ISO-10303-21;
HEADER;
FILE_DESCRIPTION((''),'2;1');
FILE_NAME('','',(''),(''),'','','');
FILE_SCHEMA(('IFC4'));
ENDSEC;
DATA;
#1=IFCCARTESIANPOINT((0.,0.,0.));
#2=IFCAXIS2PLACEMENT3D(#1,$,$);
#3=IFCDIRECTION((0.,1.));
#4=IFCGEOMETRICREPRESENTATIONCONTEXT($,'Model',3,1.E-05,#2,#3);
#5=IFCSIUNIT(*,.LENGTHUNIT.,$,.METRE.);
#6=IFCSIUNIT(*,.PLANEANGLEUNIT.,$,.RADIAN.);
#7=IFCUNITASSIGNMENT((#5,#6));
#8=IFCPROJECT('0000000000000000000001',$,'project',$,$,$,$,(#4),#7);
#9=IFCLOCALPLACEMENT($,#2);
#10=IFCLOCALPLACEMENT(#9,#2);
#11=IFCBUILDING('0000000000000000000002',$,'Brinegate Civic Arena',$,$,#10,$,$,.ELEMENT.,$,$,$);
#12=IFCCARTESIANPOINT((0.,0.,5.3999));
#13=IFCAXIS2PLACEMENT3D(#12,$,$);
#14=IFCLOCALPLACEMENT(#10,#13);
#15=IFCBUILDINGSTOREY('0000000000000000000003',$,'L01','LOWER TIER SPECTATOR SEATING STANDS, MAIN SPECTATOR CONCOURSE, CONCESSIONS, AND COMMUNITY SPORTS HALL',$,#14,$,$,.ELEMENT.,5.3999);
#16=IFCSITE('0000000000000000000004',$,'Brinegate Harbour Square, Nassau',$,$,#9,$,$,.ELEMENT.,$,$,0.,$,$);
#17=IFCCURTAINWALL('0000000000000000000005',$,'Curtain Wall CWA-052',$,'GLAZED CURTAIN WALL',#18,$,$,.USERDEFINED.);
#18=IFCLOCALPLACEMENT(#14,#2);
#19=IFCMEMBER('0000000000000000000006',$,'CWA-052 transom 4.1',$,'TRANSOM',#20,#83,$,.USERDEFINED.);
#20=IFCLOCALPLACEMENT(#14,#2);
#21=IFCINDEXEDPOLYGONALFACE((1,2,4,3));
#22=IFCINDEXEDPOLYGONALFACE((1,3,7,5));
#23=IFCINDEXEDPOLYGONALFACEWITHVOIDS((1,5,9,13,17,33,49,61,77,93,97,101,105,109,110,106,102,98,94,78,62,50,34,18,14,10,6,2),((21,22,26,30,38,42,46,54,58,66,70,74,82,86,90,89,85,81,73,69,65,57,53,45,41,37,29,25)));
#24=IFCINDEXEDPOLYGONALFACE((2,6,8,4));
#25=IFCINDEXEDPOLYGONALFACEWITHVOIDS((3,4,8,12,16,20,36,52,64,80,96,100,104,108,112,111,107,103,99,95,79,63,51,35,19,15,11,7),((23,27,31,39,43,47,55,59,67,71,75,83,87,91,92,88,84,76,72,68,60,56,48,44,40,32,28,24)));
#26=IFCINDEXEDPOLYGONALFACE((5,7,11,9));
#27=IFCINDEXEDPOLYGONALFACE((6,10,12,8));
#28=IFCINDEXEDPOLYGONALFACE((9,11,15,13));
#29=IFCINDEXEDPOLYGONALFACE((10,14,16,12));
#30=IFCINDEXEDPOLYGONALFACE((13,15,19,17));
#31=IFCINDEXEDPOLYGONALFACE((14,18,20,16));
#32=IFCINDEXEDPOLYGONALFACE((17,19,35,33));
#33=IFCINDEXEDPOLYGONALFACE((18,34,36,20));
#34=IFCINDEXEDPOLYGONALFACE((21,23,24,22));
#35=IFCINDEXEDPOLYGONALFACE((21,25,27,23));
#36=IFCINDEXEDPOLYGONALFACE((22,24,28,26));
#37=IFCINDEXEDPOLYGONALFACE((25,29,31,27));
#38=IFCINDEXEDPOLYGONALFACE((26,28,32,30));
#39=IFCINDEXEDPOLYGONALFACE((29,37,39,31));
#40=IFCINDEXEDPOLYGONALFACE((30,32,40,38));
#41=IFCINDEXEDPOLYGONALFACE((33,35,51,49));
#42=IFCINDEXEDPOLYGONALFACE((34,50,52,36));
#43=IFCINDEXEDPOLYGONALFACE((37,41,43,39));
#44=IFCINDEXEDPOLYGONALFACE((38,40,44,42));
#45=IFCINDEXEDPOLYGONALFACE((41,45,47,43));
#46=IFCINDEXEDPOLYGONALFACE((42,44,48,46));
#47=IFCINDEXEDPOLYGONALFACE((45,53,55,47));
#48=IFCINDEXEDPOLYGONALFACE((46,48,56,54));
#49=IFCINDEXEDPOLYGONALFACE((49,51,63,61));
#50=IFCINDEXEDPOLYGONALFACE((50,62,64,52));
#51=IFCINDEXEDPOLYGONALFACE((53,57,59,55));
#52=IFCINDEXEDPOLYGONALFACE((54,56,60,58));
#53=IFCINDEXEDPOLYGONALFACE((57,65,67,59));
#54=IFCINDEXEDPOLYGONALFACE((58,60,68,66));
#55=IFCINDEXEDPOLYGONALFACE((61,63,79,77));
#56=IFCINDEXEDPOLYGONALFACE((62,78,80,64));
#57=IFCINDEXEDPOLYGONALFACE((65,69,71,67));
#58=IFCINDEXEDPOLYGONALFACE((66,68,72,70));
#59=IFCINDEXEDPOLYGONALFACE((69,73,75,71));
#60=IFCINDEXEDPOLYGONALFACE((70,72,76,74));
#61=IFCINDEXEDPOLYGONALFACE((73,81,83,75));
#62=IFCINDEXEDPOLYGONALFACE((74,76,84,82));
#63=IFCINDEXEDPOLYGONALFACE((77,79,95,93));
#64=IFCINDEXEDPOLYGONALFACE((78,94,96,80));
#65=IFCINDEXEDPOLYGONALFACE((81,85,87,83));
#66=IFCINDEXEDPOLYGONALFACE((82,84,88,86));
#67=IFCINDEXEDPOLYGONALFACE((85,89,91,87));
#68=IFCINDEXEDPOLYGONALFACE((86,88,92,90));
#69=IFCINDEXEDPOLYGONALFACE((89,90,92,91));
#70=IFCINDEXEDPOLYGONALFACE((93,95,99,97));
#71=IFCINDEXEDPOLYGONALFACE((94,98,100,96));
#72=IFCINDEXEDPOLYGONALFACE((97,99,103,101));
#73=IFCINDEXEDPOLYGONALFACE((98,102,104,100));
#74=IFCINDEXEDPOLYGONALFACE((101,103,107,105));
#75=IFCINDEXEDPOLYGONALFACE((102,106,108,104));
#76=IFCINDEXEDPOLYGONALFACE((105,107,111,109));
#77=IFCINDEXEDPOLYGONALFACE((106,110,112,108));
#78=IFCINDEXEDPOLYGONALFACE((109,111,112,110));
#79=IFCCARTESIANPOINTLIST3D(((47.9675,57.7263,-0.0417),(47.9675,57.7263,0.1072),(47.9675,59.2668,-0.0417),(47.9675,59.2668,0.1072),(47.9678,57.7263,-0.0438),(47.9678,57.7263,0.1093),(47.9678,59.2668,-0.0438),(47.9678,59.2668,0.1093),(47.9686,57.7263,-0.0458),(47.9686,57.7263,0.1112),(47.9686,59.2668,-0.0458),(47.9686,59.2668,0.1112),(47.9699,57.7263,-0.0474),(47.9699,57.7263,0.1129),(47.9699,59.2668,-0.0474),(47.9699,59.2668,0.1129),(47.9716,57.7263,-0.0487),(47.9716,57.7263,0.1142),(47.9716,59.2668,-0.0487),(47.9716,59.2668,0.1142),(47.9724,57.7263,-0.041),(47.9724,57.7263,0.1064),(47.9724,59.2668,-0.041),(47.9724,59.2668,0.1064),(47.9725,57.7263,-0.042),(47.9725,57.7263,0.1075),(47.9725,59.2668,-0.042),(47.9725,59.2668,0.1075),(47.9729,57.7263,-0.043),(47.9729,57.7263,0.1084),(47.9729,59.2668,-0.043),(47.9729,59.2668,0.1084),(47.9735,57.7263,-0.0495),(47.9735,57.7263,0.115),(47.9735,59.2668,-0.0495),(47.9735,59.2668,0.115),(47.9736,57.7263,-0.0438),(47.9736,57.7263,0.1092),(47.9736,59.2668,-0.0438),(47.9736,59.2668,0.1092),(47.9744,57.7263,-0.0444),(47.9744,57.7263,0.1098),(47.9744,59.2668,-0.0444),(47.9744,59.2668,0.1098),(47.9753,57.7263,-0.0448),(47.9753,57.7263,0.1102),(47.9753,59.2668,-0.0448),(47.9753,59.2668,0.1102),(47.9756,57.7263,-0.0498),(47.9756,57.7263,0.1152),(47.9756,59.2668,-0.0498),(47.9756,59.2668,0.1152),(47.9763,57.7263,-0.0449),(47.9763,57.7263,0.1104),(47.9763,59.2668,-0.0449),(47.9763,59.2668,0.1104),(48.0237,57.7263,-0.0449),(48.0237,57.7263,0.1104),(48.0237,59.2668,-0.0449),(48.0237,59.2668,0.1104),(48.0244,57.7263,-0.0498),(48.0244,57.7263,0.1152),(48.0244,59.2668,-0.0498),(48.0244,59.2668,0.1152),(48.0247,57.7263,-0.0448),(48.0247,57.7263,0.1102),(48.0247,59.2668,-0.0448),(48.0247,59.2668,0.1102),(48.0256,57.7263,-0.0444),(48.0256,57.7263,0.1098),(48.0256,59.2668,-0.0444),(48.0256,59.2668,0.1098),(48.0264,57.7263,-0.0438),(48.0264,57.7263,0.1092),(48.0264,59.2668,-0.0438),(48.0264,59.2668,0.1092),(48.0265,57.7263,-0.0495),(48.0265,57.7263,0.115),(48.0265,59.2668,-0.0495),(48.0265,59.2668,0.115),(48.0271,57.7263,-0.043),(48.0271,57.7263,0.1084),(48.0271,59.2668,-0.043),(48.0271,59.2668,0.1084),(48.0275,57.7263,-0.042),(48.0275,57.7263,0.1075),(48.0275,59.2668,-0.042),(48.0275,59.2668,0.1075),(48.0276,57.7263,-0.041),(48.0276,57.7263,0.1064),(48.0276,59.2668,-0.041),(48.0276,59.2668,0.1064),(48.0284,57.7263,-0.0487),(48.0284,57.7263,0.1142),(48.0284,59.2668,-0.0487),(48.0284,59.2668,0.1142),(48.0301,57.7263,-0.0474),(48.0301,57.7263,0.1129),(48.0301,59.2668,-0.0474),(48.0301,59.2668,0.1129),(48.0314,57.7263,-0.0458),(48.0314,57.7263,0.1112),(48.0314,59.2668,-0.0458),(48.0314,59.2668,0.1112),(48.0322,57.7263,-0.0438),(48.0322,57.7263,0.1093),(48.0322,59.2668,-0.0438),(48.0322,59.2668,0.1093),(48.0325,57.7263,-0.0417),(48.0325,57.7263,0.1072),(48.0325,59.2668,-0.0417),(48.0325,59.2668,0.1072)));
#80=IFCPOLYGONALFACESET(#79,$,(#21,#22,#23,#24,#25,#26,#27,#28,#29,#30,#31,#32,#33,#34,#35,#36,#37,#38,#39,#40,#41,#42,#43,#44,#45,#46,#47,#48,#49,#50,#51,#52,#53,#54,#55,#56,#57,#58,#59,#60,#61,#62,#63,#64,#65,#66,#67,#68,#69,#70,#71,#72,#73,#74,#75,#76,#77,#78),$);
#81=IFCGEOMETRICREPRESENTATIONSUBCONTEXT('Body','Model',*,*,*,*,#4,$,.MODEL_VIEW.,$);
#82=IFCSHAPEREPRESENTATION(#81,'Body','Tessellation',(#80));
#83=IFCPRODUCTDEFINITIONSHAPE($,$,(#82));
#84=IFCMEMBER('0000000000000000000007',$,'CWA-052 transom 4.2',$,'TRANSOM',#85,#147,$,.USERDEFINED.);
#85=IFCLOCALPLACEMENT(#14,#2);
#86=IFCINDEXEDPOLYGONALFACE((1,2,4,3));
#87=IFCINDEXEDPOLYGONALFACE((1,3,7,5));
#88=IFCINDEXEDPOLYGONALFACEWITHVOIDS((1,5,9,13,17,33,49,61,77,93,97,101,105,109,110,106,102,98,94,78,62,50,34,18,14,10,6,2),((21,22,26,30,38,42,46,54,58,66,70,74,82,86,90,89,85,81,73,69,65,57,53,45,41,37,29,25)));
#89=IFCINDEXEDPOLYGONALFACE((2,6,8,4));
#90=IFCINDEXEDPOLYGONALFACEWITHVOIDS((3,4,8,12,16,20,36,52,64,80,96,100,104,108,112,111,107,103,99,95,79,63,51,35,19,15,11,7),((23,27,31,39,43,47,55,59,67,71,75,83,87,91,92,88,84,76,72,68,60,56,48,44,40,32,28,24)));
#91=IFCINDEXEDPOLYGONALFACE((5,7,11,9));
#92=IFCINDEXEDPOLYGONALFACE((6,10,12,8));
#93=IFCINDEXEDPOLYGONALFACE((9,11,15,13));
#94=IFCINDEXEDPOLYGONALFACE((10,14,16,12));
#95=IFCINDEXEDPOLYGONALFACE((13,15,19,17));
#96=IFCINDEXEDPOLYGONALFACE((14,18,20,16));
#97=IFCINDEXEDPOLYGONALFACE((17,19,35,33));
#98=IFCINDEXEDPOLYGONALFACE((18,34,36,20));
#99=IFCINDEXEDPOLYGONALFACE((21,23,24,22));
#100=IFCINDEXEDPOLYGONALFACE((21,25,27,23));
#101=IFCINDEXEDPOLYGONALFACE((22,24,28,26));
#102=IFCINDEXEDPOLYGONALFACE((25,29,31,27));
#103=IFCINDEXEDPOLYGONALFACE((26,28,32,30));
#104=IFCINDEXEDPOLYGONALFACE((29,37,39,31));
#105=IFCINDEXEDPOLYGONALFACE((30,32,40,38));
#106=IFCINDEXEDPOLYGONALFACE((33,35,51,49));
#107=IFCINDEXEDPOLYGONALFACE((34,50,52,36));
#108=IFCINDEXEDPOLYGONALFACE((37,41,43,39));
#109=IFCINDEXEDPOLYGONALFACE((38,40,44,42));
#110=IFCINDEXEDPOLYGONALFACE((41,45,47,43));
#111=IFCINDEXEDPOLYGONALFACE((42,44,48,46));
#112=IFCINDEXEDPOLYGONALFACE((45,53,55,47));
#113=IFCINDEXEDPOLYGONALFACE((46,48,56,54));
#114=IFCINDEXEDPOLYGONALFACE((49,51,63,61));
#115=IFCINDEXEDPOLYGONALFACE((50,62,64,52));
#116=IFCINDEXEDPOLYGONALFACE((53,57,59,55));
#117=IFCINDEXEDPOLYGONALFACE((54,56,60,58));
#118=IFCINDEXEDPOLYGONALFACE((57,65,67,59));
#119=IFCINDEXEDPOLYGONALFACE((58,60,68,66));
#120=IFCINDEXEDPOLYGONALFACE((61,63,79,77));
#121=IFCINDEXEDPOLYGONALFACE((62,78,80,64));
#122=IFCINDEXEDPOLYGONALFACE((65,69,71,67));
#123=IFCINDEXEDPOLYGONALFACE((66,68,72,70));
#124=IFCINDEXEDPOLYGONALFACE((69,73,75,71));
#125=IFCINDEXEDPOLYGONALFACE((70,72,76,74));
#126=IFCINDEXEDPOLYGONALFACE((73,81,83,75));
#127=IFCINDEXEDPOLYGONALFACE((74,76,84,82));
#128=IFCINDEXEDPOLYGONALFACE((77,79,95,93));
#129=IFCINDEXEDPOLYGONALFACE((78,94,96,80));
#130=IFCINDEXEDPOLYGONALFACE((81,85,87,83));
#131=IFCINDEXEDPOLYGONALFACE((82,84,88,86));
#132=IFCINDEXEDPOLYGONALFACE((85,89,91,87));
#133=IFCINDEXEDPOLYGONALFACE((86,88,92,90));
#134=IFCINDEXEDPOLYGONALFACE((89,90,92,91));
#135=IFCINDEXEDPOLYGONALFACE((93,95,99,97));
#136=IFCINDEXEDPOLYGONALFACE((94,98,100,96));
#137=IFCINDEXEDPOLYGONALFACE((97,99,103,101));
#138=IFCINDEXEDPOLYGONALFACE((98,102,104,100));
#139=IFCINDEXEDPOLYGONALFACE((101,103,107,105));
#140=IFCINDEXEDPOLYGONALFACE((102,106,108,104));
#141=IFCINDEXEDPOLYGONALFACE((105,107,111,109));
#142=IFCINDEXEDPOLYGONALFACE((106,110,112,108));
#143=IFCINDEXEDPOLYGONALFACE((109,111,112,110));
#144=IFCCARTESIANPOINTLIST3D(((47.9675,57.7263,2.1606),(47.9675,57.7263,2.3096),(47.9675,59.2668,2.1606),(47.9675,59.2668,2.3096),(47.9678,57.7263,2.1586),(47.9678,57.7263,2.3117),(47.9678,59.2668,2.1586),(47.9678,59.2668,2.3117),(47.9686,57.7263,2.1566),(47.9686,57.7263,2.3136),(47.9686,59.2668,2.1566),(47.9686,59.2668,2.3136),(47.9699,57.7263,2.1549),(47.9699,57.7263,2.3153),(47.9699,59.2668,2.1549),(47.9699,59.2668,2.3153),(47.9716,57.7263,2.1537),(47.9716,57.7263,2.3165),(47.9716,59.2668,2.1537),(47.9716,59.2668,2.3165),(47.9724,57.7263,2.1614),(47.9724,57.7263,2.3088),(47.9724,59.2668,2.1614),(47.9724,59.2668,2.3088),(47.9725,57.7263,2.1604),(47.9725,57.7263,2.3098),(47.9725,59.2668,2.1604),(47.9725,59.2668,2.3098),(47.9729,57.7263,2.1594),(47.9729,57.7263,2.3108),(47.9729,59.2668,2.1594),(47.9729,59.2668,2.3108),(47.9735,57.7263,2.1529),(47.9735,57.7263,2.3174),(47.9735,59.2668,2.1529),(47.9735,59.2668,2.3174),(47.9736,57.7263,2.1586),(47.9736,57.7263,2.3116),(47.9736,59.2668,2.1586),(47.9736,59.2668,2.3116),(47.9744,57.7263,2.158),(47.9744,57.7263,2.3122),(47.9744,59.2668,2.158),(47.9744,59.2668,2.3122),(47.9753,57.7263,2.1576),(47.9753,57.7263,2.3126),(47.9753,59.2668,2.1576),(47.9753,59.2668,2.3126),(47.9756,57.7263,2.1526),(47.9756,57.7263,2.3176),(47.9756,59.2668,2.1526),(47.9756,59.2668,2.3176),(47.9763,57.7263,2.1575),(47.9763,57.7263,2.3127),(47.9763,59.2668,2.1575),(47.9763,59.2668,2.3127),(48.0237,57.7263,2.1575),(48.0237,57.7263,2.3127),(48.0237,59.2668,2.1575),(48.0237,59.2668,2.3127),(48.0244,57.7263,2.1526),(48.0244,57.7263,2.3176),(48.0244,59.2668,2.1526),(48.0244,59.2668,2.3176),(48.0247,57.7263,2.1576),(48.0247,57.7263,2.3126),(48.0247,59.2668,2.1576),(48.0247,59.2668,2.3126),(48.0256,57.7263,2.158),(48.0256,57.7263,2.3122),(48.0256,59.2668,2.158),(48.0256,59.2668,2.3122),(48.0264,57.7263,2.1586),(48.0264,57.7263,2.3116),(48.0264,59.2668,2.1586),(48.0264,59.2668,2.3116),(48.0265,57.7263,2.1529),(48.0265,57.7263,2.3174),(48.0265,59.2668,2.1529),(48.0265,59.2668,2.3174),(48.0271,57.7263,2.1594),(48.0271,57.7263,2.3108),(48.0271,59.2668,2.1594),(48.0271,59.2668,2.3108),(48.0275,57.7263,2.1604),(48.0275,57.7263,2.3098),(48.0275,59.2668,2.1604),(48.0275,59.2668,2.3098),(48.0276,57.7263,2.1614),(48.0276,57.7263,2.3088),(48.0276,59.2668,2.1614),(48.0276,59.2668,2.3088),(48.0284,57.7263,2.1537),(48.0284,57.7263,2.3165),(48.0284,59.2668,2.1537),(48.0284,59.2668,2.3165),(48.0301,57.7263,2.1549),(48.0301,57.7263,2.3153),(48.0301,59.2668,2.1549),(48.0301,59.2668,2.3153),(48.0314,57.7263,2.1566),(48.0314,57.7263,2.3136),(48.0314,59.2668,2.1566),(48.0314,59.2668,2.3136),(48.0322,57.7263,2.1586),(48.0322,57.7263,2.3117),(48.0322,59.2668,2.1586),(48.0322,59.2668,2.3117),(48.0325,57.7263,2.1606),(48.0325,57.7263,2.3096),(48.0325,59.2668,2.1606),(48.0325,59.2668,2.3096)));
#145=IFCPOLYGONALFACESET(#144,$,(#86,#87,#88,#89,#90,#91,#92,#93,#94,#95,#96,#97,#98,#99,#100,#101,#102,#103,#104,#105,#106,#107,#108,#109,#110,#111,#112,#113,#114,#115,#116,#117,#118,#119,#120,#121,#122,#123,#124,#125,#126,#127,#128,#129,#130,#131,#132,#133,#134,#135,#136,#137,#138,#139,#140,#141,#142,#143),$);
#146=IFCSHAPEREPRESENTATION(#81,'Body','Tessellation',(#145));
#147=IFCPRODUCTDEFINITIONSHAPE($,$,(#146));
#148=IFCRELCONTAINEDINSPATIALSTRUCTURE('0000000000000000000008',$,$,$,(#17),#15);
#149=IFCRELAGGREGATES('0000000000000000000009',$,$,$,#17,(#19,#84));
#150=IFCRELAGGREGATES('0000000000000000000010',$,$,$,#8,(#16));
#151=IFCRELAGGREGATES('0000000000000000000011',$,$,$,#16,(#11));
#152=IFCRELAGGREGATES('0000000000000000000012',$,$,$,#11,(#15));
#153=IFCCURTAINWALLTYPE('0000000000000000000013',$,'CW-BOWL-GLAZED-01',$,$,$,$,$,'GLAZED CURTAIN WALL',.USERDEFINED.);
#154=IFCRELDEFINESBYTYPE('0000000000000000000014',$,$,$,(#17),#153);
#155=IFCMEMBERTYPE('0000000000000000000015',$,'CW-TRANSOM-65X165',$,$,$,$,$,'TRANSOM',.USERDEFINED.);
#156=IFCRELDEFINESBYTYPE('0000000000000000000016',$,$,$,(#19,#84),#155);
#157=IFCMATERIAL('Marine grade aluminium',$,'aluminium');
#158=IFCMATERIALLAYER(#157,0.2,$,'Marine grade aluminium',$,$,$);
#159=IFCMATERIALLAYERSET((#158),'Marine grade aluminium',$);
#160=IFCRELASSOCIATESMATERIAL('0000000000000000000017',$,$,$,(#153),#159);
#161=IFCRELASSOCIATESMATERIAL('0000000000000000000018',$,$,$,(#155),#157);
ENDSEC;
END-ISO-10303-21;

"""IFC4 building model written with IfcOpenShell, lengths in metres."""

from ifc_helpers import new_model, si_unit, direction, frame, origin, origin_2d, place, context, subcontext, project, spatial, hollow_rectangle, extrude, material, layer, layer_set, material_profile, profile_set, type_object, element, aggregate, save


model = new_model("IFC4")

# Units and contexts
model_context = context("Model", 3, precision=1e-05, world=origin(), true_north=direction((0.0, 1.0)))
body_context = subcontext(model_context, "Body", "Model", "MODEL_VIEW")
ifc_project = project(units=[si_unit("LENGTHUNIT", "METRE"), si_unit("PLANEANGLEUNIT", "RADIAN")], contexts=[model_context])

# Site, building, storey
site_placement = place(None, origin())
site = spatial("IfcSite", under=ifc_project, at=site_placement, Name="Brinegate Harbour Square, Nassau", CompositionType="ELEMENT", RefElevation=0.0)
building_placement = place(site_placement, origin())
building = spatial("IfcBuilding", under=site, at=building_placement, Name="Brinegate Civic Arena", CompositionType="ELEMENT")
storey_placement = place(building_placement, frame((0.0, 0.0, 5.3999)))
storey = spatial("IfcBuildingStorey", under=building, at=storey_placement, Name="L01", Description="LOWER TIER SPECTATOR SEATING STANDS, MAIN SPECTATOR CONCOURSE, CONCESSIONS, AND COMMUNITY SPORTS HALL", CompositionType="ELEMENT", Elevation=5.3999)

# Curtain wall, members
ifc_material_1 = material(Name="Marine grade aluminium", Category="aluminium")
ifc_layer_1 = layer(ifc_material_1, 0.2, Name="Marine grade aluminium")
ifc_layer_set_1 = layer_set([ifc_layer_1], Name="Marine grade aluminium")
curtain_wall_type = type_object("IfcCurtainWallType", Name="CW-BOWL-GLAZED-01", ElementType="GLAZED CURTAIN WALL", PredefinedType="USERDEFINED", material=ifc_layer_set_1)
curtain_wall_placement = place(storey_placement, origin())
curtain_wall = element("IfcCurtainWall", 1, at=curtain_wall_placement, inside=storey, type_object=curtain_wall_type, Name="Curtain Wall CWA-052", ObjectType="GLAZED CURTAIN WALL", PredefinedType="USERDEFINED")
ifc_material_profile_1 = material_profile(ifc_material_1, hollow_rectangle(XDim=0.0649, YDim=0.165, WallThickness=0.0049, InnerFilletRadius=0.0039, OuterFilletRadius=0.0081, at=origin_2d()), Name="TRN65X165")
ifc_profile_set_1 = profile_set([ifc_material_profile_1], Name="Marine grade aluminium")
member_type_1 = type_object("IfcMemberType", Name="CW-TRANSOM-65X165", ElementType="TRANSOM", PredefinedType="USERDEFINED", material=ifc_profile_set_1)
member_1_placement = place(storey_placement, frame((48.0, 57.7263, 0.0327), z_axis=(0.0, 1.0, 0.0), x_axis=(-1.0, 0.0, 0.0)))
member_1 = element("IfcMember", 2, at=member_1_placement, type_object=member_type_1, Name="CWA-052 transom 4.1", ObjectType="TRANSOM", PredefinedType="USERDEFINED", context=body_context, shape_type="SweptSolid", body=[
    extrude(hollow_rectangle(XDim=0.0649, YDim=0.165, WallThickness=0.0049, InnerFilletRadius=0.0039, OuterFilletRadius=0.0081, at=origin_2d()), origin(), (0.0, 0.0, 1.0), 1.5405),
])
member_2_placement = place(storey_placement, frame((48.0, 57.7263, 2.2351), z_axis=(0.0, 1.0, 0.0), x_axis=(-1.0, 0.0, 0.0)))
member_2 = element("IfcMember", 3, at=member_2_placement, type_object=member_type_1, Name="CWA-052 transom 4.2", ObjectType="TRANSOM", PredefinedType="USERDEFINED", context=body_context, shape_type="SweptSolid", body=[
    extrude(hollow_rectangle(XDim=0.0649, YDim=0.165, WallThickness=0.0049, InnerFilletRadius=0.0039, OuterFilletRadius=0.0081, at=origin_2d()), origin(), (0.0, 0.0, 1.0), 1.5405),
])
aggregate(curtain_wall, [member_1, member_2])

save(model, "model.ifc")
